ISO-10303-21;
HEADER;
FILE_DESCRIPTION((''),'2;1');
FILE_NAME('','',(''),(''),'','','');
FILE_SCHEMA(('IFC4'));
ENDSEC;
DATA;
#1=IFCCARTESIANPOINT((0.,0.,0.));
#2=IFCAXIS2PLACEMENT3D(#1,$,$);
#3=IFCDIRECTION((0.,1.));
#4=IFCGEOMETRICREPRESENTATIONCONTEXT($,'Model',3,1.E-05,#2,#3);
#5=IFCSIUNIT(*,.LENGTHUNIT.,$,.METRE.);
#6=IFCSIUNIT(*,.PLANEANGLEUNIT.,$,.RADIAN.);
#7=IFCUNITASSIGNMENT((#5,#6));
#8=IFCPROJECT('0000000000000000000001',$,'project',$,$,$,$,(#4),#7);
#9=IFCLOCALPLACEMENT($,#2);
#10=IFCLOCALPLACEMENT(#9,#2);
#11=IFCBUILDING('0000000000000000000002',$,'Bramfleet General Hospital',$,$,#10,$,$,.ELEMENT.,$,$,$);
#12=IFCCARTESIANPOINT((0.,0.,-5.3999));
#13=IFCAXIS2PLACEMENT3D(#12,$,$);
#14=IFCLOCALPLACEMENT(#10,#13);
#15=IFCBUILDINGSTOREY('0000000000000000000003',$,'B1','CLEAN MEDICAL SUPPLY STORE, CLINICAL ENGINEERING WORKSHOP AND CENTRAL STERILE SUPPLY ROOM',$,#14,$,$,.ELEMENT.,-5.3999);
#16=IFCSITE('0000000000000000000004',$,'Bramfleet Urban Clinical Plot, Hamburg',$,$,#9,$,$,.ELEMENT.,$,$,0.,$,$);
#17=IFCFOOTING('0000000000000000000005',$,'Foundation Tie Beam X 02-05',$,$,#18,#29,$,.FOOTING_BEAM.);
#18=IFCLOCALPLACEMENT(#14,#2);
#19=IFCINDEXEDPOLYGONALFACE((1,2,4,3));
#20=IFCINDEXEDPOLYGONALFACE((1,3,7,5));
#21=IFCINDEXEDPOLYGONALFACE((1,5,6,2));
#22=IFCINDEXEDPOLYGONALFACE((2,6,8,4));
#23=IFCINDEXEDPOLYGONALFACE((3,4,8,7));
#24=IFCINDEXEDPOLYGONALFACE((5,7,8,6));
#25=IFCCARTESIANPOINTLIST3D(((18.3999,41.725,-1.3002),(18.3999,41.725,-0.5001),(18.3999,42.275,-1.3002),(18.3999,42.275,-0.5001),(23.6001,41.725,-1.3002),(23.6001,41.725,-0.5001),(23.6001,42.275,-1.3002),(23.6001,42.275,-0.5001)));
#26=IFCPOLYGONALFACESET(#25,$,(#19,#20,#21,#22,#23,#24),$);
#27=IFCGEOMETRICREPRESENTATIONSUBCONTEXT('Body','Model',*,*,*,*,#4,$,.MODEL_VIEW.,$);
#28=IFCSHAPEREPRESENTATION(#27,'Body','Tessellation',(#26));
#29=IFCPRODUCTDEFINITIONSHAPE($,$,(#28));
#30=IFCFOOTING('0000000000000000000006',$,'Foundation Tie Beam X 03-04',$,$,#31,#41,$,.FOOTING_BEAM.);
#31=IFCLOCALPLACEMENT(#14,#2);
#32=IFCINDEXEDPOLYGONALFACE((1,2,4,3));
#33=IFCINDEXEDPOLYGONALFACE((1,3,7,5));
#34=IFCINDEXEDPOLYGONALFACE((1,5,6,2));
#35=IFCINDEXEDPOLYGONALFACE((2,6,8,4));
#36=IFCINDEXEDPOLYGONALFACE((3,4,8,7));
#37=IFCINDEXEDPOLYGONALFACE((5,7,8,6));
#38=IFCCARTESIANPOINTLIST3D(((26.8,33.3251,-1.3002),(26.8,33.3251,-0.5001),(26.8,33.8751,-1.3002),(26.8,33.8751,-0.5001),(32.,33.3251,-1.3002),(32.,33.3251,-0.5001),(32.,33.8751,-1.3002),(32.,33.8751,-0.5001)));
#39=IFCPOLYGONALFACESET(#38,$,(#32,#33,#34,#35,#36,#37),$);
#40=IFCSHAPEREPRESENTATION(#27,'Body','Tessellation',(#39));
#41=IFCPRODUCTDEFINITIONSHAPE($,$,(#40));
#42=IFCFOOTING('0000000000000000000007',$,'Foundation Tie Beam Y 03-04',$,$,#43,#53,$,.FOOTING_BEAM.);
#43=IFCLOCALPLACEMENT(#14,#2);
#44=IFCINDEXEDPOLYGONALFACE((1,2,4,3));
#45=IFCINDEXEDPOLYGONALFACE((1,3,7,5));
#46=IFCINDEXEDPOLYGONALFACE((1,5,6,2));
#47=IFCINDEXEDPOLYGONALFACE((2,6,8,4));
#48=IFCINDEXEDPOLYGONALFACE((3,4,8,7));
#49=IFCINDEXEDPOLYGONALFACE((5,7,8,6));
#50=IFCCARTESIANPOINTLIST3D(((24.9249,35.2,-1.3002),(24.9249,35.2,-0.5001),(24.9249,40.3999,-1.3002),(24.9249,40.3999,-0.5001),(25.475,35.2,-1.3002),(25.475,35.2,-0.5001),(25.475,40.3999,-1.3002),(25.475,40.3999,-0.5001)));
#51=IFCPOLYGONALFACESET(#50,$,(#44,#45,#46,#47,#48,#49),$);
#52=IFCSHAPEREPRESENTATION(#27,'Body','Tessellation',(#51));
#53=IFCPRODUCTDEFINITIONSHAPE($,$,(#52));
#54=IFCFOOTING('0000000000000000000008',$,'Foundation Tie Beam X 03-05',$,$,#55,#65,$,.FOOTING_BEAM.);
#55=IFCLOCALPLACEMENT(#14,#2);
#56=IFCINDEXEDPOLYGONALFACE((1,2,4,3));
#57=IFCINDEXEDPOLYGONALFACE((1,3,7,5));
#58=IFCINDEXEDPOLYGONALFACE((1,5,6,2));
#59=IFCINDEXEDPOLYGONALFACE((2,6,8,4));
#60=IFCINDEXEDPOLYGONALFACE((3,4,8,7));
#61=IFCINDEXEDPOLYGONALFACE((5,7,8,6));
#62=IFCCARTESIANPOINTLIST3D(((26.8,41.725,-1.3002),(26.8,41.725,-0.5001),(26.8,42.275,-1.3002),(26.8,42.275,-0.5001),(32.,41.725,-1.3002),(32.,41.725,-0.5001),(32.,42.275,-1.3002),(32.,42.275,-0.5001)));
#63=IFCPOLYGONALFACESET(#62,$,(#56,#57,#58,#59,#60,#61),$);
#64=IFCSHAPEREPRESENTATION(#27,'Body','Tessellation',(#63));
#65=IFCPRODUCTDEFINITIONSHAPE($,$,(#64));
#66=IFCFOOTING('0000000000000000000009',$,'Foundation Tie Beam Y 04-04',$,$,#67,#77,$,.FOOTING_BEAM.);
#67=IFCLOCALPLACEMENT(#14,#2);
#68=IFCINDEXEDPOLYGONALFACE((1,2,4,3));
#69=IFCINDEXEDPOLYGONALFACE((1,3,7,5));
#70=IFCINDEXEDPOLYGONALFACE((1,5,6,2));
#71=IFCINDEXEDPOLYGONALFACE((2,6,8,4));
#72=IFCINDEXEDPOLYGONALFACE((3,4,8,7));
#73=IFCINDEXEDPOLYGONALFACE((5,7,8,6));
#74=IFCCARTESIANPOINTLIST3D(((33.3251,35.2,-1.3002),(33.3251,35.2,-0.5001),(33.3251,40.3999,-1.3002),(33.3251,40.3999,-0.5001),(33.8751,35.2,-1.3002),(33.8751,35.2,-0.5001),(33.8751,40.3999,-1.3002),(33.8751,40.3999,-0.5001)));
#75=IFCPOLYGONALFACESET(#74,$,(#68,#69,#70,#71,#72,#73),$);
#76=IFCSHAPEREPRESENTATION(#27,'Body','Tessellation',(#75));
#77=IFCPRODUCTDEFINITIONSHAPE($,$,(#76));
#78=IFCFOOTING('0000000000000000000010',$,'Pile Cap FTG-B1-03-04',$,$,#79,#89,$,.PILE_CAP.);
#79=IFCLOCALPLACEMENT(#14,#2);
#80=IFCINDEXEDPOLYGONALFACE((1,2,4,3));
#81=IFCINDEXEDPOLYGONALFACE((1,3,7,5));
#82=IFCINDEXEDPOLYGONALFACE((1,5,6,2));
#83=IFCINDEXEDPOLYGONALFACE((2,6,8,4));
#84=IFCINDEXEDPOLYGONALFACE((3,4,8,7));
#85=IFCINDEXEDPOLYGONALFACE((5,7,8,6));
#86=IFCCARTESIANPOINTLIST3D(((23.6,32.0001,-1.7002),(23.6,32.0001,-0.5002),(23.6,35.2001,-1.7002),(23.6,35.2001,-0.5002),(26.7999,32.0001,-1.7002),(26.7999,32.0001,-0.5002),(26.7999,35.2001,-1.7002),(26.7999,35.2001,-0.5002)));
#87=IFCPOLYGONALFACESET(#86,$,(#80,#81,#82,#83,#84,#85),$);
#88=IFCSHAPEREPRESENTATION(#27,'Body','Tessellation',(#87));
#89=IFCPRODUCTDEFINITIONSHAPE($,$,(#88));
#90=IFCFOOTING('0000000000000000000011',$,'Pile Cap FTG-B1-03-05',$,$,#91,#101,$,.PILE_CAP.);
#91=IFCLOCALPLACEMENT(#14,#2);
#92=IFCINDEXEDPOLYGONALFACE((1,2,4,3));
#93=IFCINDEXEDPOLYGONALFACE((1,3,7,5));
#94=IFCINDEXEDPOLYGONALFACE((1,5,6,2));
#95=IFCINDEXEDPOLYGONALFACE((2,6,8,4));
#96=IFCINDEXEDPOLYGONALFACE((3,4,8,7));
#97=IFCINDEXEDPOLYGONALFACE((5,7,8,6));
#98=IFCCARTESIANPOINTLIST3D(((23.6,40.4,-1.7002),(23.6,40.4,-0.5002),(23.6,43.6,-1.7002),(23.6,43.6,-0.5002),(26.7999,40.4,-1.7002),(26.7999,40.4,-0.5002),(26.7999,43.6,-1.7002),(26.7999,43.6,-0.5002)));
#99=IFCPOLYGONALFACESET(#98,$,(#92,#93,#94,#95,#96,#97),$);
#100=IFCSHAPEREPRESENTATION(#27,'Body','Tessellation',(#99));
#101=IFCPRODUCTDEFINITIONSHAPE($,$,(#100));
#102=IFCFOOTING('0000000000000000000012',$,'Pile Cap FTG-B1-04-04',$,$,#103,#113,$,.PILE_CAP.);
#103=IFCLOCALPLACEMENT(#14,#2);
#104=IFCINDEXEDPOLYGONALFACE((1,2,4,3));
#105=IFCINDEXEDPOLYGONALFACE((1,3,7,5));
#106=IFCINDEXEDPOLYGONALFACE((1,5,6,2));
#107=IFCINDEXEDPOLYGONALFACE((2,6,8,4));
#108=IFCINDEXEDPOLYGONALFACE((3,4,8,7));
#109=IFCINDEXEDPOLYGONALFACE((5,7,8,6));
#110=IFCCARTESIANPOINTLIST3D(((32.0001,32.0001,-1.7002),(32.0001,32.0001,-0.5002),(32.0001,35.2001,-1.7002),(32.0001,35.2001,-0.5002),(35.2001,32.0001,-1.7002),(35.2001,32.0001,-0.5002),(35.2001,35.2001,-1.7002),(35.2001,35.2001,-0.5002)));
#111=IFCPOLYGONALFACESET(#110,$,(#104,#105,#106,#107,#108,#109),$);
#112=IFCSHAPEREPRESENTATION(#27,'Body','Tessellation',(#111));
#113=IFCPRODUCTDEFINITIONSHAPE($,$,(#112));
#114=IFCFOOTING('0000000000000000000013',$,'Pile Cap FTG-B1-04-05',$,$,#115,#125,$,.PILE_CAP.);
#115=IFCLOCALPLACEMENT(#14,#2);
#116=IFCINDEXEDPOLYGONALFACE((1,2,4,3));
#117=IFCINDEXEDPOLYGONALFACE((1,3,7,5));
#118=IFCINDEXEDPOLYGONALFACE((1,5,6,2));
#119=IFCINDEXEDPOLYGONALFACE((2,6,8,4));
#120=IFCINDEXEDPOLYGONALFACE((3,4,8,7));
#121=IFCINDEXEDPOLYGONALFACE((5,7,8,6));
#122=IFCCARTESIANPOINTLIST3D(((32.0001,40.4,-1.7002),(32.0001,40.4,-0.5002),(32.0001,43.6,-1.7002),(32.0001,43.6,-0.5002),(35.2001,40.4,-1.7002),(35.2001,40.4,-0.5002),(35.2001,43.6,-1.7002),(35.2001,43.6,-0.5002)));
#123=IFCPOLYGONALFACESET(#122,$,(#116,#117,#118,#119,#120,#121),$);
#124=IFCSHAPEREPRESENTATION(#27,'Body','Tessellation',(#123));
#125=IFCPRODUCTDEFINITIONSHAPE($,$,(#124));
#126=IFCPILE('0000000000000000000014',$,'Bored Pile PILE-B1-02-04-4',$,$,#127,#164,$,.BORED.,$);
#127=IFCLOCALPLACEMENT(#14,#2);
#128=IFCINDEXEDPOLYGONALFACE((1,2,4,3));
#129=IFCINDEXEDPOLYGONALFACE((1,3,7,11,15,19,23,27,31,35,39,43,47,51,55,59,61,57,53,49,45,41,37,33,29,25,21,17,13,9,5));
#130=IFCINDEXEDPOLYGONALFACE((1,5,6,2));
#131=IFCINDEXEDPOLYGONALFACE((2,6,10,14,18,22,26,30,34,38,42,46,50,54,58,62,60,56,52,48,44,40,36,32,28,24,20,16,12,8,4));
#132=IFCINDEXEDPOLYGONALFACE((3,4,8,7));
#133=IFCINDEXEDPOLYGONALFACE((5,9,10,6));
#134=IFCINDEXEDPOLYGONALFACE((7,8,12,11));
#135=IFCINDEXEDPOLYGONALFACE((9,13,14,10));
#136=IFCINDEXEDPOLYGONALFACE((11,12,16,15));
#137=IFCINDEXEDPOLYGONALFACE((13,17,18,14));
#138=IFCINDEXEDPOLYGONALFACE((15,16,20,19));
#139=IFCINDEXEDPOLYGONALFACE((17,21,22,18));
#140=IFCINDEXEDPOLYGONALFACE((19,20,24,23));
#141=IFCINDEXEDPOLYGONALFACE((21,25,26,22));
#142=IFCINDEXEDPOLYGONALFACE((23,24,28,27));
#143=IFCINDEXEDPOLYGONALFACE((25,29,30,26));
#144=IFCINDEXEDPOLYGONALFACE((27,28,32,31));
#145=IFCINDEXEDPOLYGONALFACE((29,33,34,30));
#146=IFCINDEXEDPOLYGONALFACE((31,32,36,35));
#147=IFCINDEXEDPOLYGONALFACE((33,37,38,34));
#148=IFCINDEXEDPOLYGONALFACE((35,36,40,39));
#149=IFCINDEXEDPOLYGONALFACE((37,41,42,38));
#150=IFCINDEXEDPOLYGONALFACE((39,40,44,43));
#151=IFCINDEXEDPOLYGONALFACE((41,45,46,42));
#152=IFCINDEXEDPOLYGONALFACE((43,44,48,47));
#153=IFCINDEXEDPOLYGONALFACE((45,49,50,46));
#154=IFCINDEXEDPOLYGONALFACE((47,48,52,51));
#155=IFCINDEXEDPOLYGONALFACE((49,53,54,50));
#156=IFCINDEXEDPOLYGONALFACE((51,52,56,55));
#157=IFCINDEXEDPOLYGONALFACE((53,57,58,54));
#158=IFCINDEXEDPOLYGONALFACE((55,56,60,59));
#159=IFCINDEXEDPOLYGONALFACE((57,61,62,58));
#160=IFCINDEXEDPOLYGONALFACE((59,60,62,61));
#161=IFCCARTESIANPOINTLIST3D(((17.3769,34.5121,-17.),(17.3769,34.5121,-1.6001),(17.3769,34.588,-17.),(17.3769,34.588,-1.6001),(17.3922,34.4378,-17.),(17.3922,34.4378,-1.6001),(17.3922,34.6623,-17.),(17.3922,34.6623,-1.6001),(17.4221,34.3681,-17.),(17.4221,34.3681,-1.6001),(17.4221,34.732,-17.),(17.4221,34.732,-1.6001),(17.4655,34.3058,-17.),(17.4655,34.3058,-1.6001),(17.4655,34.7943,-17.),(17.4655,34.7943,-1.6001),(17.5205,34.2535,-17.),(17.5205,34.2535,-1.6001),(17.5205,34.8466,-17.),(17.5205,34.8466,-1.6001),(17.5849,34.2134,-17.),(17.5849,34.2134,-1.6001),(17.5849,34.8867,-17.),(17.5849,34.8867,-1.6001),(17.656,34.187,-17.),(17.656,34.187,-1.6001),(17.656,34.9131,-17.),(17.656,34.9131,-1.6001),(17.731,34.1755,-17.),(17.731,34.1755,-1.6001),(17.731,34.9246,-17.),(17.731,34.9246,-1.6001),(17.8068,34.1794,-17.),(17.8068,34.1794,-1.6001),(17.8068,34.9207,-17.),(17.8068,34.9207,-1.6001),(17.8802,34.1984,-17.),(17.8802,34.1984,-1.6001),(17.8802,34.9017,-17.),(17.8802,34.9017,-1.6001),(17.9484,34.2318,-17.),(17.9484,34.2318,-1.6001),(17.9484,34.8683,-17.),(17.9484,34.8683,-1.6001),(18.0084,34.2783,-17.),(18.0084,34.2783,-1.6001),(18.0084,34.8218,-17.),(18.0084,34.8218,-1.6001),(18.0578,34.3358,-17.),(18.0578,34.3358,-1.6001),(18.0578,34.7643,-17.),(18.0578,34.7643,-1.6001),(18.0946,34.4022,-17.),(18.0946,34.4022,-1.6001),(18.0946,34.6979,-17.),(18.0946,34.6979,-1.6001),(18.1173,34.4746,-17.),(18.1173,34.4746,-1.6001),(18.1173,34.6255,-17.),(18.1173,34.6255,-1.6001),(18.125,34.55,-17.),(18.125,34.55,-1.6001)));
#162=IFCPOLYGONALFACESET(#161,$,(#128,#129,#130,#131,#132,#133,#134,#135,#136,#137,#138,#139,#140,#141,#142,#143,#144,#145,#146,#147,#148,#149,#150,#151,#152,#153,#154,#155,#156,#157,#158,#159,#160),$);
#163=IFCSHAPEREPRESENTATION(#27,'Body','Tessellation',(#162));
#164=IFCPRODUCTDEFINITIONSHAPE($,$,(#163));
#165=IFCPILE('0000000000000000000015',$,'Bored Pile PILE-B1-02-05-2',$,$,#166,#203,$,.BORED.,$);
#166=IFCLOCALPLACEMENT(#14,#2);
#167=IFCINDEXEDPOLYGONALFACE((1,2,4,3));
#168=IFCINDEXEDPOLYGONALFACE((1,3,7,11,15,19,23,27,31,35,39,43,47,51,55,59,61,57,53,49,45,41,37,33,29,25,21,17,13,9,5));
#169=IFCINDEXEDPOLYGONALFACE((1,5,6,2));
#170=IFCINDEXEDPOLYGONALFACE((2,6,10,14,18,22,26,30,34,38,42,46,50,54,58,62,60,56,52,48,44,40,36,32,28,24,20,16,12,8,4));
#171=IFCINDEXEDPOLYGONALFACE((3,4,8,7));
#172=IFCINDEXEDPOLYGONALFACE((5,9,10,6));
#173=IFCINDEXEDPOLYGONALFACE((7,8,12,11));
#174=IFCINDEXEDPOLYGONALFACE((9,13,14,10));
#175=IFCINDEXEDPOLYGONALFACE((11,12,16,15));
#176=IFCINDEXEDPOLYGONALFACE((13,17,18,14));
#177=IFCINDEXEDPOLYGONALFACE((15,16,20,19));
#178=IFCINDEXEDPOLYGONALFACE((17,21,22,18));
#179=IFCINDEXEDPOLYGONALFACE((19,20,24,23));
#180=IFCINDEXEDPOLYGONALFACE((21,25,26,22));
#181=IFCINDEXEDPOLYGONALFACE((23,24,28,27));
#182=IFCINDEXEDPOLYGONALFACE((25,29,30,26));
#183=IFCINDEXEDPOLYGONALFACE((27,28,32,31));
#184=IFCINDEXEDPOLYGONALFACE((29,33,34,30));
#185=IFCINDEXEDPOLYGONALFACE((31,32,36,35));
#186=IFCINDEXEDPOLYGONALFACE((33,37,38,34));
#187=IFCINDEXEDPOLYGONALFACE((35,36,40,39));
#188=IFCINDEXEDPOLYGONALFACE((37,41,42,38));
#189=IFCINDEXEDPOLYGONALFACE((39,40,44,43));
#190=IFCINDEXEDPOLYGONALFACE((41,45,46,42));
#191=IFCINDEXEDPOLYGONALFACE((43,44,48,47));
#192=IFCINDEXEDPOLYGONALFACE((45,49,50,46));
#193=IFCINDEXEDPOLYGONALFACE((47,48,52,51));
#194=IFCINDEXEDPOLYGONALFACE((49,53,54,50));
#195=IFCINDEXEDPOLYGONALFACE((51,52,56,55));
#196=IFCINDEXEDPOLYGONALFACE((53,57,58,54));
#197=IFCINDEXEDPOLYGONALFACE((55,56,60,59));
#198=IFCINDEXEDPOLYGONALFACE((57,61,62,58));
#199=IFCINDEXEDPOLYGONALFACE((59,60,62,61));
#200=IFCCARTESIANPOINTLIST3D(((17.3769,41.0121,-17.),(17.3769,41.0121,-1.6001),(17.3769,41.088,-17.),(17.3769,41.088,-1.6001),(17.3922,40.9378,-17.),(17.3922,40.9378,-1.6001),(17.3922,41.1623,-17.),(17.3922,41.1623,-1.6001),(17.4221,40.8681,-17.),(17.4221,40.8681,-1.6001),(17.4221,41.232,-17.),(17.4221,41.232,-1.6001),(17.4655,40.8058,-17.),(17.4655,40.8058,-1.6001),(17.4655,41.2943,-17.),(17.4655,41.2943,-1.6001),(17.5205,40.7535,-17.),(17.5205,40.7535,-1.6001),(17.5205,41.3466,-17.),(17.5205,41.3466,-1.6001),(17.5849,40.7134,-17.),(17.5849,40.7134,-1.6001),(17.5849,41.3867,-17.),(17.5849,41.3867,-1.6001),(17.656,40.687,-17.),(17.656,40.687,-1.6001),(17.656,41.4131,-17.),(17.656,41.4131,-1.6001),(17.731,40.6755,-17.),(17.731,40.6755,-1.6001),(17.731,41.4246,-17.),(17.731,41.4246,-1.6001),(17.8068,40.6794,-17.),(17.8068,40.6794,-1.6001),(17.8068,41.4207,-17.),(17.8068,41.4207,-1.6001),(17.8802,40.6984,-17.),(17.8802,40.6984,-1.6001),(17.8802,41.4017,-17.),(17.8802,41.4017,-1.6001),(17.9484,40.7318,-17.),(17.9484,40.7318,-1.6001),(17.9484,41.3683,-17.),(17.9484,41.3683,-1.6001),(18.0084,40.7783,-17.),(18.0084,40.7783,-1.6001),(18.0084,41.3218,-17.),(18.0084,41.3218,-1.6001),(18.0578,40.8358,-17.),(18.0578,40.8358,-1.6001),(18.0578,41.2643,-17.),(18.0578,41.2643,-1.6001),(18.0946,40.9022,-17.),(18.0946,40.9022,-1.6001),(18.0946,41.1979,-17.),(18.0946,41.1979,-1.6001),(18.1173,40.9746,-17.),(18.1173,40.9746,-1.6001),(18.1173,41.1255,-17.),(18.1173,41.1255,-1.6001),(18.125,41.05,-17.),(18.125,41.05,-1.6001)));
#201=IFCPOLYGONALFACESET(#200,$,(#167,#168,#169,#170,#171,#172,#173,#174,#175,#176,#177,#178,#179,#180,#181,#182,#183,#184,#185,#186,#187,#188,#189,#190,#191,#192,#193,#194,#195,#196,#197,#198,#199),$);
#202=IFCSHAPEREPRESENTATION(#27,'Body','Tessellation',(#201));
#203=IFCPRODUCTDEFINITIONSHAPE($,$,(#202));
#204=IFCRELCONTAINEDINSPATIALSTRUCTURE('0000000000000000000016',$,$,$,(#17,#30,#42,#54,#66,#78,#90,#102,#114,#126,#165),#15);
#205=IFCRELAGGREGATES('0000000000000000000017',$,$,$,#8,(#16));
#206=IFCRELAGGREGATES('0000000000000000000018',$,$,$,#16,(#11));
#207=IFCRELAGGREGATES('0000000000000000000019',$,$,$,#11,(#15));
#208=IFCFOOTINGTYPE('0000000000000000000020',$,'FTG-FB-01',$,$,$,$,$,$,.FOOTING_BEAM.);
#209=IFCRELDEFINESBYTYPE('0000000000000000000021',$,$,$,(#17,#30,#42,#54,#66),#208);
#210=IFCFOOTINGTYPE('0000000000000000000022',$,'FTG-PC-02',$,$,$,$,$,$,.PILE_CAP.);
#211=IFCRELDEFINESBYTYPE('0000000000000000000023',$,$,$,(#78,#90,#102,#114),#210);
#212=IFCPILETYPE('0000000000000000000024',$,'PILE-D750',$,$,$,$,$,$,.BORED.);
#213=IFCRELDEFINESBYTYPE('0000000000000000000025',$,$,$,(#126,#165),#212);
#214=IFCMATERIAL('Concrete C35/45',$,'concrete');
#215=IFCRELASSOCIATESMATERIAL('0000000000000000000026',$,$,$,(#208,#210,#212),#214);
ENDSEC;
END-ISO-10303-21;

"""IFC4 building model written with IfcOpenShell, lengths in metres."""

from ifc_helpers import new_model, si_unit, direction, frame, origin, origin_2d, place, context, subcontext, project, spatial, rectangle, circle, extrude, material, material_profile, profile_set, type_object, element, save


model = new_model("IFC4")

# Units and contexts
model_context = context("Model", 3, precision=1e-05, world=origin(), true_north=direction((0.0, 1.0)))
body_context = subcontext(model_context, "Body", "Model", "MODEL_VIEW")
ifc_project = project(units=[si_unit("LENGTHUNIT", "METRE"), si_unit("PLANEANGLEUNIT", "RADIAN")], contexts=[model_context])

# Site, building, storey
site_placement = place(None, origin())
site = spatial("IfcSite", under=ifc_project, at=site_placement, Name="Bramfleet Urban Clinical Plot, Hamburg", CompositionType="ELEMENT", RefElevation=0.0)
building_placement = place(site_placement, origin())
building = spatial("IfcBuilding", under=site, at=building_placement, Name="Bramfleet General Hospital", CompositionType="ELEMENT")
storey_placement = place(building_placement, frame((0.0, 0.0, -5.3999)))
storey = spatial("IfcBuildingStorey", under=building, at=storey_placement, Name="B1", Description="CLEAN MEDICAL SUPPLY STORE, CLINICAL ENGINEERING WORKSHOP AND CENTRAL STERILE SUPPLY ROOM", CompositionType="ELEMENT", Elevation=-5.3999)

# Footings
ifc_material_1 = material(Name="Concrete C35/45", Category="concrete")
ifc_material_profile_1 = material_profile(ifc_material_1, rectangle(XDim=0.55, YDim=0.8, at=origin_2d()), Name="RC FB 800x550")
ifc_profile_set_1 = profile_set([ifc_material_profile_1], Name="Concrete C35/45")
footing_type_1 = type_object("IfcFootingType", Name="FTG-FB-01", PredefinedType="FOOTING_BEAM", material=ifc_profile_set_1)
footing_placement = place(storey_placement, frame((18.3999, 42.0, -0.9001), z_axis=(1.0, 0.0, 0.0), x_axis=(0.0, 1.0, 0.0)))
element("IfcFooting", 1, at=footing_placement, inside=storey, type_object=footing_type_1, Name="Foundation Tie Beam X 02-05", PredefinedType="FOOTING_BEAM", context=body_context, shape_type="SweptSolid", body=[
    extrude(rectangle(XDim=0.55, YDim=0.8, at=origin_2d()), origin(), (0.0, 0.0, 1.0), 5.2002),
])
for number, where, z_axis, x_axis, name in (
    (2, (26.8, 33.6001, -0.9001), (1.0, 0.0, 0.0), (0.0, 1.0, 0.0), "Foundation Tie Beam X 03-04"),
    (3, (25.2, 35.2, -0.9001), (0.0, 1.0, 0.0), (-1.0, 0.0, 0.0), "Foundation Tie Beam Y 03-04"),
    (4, (26.8, 42.0, -0.9001), (1.0, 0.0, 0.0), (0.0, 1.0, 0.0), "Foundation Tie Beam X 03-05"),
    (5, (33.6001, 35.2, -0.9001), (0.0, 1.0, 0.0), (-1.0, 0.0, 0.0), "Foundation Tie Beam Y 04-04"),
):
    element("IfcFooting", number, at=place(storey_placement, frame(where, z_axis=z_axis, x_axis=x_axis)), inside=storey, type_object=footing_type_1, Name=name, PredefinedType="FOOTING_BEAM", context=body_context, shape_type="SweptSolid", body=[
        extrude(rectangle(XDim=0.55, YDim=0.8, at=origin_2d()), origin(), (0.0, 0.0, 1.0), 5.2),
    ])
footing_type_2 = type_object("IfcFootingType", Name="FTG-PC-02", PredefinedType="PILE_CAP", material=ifc_material_1)
for number, where, z_axis, x_axis, name in (
    (6, (25.2, 33.6001, -1.7002), (0.0, 0.0, 1.0), (1.0, 0.0, 0.0), "Pile Cap FTG-B1-03-04"),
    (7, (25.2, 42.0, -1.7002), (0.0, 0.0, 1.0), (1.0, 0.0, 0.0), "Pile Cap FTG-B1-03-05"),
    (8, (33.6001, 33.6001, -1.7002), (0.0, 0.0, 1.0), (1.0, 0.0, 0.0), "Pile Cap FTG-B1-04-04"),
    (9, (33.6001, 42.0, -1.7002), (0.0, 0.0, 1.0), (1.0, 0.0, 0.0), "Pile Cap FTG-B1-04-05"),
):
    element("IfcFooting", number, at=place(storey_placement, frame(where, z_axis=z_axis, x_axis=x_axis)), inside=storey, type_object=footing_type_2, Name=name, PredefinedType="PILE_CAP", context=body_context, shape_type="SweptSolid", body=[
        extrude(rectangle(XDim=3.2, YDim=3.2, at=origin_2d()), origin(), (0.0, 0.0, 1.0), 1.2),
    ])

# Piles
ifc_material_profile_2 = material_profile(ifc_material_1, circle(Radius=0.375, at=origin_2d()), Name="PILE BORED D750")
ifc_profile_set_2 = profile_set([ifc_material_profile_2], Name="Concrete C35/45")
pile_type = type_object("IfcPileType", Name="PILE-D750", PredefinedType="BORED", material=ifc_profile_set_2)
for number, where, z_axis, x_axis, name in (
    (10, (17.75, 34.55, -1.6001), (0.0, 0.0, -1.0), (1.0, 0.0, 0.0), "Bored Pile PILE-B1-02-04-4"),
    (11, (17.75, 41.05, -1.6001), (0.0, 0.0, -1.0), (1.0, 0.0, 0.0), "Bored Pile PILE-B1-02-05-2"),
):
    element("IfcPile", number, at=place(storey_placement, frame(where, z_axis=z_axis, x_axis=x_axis)), inside=storey, type_object=pile_type, Name=name, PredefinedType="BORED", context=body_context, shape_type="SweptSolid", body=[
        extrude(circle(Radius=0.375, at=origin_2d()), origin(), (0.0, 0.0, 1.0), 15.3999),
    ])

save(model, "model.ifc")
